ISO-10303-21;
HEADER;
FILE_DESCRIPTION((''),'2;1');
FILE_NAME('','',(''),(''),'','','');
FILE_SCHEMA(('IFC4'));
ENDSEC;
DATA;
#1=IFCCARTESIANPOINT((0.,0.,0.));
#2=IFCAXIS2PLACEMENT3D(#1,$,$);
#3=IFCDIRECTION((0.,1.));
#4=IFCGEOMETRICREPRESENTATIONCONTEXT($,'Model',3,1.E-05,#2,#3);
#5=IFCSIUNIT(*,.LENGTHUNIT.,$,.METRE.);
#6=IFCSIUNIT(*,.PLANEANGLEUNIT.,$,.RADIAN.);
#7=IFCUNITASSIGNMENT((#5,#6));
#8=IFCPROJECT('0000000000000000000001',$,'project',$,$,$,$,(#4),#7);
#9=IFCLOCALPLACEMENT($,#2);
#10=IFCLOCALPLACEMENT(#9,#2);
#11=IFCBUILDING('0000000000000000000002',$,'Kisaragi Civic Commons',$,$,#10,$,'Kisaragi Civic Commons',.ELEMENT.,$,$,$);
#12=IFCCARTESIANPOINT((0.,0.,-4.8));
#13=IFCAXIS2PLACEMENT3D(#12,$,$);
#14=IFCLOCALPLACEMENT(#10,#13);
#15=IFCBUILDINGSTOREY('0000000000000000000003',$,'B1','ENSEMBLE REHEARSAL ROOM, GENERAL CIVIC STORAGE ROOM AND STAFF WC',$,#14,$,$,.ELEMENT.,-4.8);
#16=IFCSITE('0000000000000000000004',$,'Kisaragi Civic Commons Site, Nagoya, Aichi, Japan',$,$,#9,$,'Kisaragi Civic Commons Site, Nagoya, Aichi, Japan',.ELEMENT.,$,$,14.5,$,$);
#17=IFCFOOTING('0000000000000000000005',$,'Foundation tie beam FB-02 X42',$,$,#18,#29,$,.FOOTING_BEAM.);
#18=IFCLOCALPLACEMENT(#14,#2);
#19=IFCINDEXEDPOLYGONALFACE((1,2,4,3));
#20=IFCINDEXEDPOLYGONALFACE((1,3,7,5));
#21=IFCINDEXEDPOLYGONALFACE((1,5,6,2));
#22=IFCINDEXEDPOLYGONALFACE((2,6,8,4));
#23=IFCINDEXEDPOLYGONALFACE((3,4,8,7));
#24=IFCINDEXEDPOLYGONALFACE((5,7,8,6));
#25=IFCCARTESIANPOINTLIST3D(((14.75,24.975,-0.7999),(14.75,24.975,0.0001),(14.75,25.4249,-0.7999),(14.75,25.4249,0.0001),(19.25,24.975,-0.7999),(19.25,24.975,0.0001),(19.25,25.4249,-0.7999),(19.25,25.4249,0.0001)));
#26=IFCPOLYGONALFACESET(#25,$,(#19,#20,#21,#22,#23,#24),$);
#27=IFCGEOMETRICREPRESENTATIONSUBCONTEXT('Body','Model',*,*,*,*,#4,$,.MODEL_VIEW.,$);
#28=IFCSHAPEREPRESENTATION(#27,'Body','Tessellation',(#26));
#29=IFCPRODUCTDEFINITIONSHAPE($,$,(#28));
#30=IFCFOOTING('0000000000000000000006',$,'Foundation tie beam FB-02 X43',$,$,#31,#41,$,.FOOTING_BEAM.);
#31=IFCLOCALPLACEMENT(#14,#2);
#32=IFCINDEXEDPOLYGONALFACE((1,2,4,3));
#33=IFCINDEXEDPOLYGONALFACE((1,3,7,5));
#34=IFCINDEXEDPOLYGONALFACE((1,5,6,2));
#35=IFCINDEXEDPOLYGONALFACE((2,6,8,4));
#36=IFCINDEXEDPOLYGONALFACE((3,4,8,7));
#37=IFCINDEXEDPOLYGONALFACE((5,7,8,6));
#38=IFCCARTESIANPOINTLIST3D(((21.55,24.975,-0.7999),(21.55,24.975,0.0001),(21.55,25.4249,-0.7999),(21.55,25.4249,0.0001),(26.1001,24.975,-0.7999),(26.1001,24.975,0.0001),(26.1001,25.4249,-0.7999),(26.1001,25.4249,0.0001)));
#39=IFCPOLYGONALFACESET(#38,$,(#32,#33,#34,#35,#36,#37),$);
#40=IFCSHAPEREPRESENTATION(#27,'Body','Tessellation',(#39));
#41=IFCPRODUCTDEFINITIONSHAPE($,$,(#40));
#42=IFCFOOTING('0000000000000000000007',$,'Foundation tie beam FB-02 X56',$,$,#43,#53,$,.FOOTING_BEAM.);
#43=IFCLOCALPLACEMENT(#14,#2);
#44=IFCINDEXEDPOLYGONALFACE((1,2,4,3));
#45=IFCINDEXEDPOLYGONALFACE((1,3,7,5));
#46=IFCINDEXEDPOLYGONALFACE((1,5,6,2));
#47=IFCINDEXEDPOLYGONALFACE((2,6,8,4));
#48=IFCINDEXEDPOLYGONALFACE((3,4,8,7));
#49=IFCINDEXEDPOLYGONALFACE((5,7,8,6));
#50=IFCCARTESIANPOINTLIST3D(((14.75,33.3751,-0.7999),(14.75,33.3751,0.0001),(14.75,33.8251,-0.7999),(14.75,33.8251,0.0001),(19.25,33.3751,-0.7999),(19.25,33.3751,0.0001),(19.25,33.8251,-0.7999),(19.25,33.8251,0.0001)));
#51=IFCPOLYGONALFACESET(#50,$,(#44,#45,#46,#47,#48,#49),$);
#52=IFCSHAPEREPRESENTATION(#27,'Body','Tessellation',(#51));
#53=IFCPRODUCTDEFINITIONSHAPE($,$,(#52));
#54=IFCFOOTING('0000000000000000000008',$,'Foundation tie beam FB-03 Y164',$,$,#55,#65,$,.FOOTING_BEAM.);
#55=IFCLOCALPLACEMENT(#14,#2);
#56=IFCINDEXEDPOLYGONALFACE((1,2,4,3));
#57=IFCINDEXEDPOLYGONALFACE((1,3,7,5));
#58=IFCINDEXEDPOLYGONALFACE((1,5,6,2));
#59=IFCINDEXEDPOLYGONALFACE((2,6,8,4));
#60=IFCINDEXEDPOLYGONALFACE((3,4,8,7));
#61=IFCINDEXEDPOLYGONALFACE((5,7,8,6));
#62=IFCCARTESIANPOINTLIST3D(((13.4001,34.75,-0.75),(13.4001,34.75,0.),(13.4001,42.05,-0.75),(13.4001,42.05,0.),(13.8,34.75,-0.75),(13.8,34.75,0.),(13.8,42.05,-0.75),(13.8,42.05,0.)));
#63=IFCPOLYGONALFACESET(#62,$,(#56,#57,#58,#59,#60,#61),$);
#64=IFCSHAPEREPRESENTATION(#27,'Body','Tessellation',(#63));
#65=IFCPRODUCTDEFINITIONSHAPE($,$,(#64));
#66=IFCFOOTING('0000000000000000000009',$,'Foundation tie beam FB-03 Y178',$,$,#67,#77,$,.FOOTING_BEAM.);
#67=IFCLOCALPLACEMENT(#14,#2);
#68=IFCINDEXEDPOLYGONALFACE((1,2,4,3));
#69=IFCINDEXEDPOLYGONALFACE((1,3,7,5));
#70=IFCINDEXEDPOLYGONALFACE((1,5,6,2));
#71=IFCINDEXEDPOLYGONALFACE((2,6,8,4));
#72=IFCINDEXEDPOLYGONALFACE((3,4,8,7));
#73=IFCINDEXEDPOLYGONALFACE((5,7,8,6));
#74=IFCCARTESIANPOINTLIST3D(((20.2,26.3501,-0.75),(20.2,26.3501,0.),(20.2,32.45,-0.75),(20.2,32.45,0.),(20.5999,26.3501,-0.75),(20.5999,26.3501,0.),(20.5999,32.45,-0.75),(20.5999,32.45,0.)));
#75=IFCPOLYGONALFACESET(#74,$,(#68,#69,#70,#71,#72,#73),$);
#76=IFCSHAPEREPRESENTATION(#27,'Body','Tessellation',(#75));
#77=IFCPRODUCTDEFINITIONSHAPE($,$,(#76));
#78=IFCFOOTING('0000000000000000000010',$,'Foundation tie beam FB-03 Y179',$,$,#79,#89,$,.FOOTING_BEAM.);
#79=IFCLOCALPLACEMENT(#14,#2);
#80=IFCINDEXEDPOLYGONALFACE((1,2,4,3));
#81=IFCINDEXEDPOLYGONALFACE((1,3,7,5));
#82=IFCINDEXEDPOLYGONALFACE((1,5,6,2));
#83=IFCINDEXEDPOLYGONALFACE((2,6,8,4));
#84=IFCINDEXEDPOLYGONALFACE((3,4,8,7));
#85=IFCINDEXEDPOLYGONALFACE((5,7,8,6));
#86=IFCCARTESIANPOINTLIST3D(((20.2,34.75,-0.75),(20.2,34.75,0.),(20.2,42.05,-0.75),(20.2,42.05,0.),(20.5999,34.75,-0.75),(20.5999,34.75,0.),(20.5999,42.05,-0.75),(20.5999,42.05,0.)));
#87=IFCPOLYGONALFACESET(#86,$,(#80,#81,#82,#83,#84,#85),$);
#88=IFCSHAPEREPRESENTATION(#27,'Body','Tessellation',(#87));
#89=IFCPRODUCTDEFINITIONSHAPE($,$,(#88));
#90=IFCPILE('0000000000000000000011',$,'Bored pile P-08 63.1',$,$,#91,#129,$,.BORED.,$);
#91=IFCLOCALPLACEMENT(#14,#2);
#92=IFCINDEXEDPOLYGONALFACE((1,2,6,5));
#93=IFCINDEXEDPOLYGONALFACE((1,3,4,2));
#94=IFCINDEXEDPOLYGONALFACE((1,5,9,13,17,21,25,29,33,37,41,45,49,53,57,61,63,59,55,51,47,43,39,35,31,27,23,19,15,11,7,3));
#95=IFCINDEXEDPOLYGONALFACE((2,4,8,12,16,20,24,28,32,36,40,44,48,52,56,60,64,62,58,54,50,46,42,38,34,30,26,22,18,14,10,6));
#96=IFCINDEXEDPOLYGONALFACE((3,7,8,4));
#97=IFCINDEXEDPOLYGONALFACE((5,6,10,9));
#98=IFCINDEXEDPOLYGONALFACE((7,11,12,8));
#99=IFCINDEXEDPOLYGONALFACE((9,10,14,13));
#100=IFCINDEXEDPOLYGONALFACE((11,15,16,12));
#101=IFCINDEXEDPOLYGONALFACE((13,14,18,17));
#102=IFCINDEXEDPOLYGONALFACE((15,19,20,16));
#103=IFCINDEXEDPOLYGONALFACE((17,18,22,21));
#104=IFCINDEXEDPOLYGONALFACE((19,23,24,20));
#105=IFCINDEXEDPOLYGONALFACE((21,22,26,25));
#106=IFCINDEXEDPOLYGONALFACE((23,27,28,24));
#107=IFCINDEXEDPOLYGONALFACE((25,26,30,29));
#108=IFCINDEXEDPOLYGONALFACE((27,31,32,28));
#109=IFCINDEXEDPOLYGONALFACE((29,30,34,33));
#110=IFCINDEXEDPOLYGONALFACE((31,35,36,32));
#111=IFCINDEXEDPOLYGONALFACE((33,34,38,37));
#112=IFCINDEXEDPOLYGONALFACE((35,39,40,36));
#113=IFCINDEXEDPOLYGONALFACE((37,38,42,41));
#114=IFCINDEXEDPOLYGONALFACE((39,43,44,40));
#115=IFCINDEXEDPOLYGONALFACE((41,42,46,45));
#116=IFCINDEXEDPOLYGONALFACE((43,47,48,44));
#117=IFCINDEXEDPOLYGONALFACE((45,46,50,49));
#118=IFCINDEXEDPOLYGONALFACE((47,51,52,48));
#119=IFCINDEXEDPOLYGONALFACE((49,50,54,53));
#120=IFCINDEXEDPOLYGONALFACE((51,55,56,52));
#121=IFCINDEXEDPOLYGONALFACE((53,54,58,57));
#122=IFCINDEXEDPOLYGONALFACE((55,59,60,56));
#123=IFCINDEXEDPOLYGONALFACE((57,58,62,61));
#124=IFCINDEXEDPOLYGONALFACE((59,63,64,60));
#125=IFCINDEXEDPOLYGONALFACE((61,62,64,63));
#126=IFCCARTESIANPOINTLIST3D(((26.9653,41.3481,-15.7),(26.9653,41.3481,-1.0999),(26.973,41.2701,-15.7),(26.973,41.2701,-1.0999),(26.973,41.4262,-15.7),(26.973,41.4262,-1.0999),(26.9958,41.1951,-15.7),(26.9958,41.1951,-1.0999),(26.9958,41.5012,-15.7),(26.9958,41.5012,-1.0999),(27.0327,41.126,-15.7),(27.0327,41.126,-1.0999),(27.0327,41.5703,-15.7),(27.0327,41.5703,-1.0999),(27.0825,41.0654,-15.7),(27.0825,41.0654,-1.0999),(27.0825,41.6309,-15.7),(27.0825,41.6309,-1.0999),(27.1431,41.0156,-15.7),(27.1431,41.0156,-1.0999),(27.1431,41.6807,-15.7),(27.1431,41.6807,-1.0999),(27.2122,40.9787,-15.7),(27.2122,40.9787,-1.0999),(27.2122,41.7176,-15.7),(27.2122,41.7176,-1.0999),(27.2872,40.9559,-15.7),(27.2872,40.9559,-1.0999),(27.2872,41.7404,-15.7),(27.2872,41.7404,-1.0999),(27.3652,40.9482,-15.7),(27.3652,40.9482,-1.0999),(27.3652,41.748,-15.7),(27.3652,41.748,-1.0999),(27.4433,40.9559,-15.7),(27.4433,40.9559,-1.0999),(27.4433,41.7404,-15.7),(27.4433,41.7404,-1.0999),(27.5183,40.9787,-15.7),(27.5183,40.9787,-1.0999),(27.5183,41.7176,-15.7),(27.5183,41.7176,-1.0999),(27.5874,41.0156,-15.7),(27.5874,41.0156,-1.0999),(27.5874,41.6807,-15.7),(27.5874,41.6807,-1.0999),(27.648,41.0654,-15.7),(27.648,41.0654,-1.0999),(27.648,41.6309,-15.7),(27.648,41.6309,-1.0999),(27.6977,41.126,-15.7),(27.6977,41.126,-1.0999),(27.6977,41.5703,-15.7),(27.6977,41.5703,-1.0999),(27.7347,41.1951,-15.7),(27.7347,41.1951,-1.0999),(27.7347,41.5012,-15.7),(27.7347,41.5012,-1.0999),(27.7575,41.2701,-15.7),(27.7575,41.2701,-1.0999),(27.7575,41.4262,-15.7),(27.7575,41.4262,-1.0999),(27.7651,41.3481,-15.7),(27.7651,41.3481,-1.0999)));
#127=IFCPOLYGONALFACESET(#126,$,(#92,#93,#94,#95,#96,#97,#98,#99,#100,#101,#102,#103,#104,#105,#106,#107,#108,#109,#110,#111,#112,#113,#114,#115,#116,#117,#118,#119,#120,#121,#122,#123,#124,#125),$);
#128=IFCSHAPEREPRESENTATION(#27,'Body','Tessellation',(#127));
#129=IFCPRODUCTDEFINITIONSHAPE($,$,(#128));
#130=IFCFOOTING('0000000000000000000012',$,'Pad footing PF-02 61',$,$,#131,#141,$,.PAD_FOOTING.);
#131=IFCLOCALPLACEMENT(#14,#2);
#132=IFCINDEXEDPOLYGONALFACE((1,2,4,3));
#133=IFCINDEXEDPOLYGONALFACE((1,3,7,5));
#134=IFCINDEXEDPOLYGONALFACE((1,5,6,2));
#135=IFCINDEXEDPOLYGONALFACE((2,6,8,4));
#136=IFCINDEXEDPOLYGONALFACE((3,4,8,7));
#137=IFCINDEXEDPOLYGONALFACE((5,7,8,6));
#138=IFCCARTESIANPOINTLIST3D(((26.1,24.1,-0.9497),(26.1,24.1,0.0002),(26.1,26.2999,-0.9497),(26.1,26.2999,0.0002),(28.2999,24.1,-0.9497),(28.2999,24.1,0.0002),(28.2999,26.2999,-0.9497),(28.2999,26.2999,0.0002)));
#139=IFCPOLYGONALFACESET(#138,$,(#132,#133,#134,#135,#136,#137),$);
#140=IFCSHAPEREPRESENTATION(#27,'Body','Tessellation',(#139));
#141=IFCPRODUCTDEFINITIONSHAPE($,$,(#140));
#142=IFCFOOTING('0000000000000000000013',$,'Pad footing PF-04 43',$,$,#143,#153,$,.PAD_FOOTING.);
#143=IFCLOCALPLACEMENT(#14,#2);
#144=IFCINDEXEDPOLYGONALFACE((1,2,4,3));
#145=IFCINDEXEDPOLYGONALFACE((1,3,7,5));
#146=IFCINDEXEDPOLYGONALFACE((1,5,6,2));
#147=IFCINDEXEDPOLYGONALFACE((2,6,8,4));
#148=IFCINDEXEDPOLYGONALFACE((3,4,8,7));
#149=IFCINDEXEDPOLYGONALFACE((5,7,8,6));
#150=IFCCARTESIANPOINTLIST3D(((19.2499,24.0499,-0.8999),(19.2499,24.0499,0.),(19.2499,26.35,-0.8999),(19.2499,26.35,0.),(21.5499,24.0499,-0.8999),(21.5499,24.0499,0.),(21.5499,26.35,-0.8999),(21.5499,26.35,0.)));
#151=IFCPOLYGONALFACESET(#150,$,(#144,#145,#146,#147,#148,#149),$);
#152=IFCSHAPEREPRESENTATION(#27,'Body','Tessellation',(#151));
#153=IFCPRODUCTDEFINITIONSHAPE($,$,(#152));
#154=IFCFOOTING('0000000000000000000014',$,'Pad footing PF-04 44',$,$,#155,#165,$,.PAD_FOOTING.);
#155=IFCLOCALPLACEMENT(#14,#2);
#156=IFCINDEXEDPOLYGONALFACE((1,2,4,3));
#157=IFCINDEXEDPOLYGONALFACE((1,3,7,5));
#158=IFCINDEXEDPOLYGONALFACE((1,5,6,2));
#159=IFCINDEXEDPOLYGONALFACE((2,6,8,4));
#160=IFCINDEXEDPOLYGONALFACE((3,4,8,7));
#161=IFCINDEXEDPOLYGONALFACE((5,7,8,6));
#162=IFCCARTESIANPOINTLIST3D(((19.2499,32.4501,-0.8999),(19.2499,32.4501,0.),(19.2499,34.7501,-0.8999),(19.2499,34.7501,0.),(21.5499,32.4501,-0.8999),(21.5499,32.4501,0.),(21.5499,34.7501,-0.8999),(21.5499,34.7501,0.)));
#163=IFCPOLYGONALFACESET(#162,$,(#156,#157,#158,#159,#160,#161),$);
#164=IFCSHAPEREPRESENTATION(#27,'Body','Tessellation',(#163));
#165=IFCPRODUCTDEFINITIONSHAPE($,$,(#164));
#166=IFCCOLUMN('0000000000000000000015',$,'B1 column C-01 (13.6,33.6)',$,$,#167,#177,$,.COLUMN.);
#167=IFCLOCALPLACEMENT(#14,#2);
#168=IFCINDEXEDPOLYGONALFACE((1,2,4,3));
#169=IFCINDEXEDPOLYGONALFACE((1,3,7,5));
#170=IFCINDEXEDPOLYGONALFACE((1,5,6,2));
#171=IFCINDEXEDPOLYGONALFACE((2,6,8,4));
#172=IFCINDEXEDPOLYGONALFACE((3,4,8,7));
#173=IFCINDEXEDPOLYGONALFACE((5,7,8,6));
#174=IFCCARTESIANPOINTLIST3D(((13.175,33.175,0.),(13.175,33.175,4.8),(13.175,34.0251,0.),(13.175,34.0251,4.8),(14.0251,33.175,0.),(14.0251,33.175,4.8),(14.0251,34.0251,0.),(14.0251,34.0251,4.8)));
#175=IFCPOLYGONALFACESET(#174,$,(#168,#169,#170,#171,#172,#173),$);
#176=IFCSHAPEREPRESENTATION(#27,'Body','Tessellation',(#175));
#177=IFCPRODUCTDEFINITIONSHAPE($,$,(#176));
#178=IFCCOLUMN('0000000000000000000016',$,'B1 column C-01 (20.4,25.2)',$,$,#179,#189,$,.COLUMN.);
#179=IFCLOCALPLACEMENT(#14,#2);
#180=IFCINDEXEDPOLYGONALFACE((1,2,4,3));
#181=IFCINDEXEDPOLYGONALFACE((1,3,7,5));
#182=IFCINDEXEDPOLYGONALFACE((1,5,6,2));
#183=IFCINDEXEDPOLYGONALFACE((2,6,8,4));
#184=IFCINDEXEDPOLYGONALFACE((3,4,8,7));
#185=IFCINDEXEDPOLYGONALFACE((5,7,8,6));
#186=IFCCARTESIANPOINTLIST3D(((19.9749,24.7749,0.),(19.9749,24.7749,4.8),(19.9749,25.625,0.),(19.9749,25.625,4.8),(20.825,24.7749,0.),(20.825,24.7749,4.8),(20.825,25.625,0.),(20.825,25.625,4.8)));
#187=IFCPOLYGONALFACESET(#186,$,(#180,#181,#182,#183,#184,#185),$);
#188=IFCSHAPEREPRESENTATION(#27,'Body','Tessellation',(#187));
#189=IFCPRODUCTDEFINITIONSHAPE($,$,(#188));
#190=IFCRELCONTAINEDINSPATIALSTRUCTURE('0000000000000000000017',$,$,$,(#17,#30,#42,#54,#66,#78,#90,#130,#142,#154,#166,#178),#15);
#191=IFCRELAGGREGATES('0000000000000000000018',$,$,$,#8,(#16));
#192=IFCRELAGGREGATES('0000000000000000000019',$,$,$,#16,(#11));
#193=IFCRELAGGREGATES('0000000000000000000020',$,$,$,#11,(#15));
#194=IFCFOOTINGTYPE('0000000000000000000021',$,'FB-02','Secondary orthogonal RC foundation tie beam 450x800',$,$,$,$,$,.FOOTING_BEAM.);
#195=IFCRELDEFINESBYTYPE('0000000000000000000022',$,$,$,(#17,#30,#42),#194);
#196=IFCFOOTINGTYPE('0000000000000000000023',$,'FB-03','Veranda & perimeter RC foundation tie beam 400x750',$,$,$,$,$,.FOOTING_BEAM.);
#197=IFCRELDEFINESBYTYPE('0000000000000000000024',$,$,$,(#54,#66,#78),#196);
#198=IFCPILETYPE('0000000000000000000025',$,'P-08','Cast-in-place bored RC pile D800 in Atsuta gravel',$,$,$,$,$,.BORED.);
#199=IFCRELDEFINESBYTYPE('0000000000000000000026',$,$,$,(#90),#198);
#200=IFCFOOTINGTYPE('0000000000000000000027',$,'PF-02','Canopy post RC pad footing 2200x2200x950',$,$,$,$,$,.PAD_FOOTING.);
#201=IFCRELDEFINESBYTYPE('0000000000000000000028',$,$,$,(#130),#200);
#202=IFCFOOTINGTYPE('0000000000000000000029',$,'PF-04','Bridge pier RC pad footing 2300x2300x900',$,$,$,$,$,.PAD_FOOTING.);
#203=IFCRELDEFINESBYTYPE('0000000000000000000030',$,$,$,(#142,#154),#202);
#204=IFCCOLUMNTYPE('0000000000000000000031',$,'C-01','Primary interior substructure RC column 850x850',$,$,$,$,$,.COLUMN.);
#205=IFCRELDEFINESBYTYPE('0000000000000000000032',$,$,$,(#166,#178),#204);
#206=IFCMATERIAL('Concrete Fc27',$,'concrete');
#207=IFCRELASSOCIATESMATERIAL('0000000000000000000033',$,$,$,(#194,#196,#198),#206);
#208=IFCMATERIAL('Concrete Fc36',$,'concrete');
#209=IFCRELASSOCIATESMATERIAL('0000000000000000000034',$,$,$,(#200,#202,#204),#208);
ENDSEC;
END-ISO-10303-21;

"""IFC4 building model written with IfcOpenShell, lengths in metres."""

from ifc_helpers import new_model, si_unit, direction, frame, origin, origin_2d, place, context, subcontext, project, spatial, rectangle, circle, extrude, material, material_profile, profile_set, type_object, element, save


model = new_model("IFC4")

# Units and contexts
model_context = context("Model", 3, precision=1e-05, world=origin(), true_north=direction((0.0, 1.0)))
body_context = subcontext(model_context, "Body", "Model", "MODEL_VIEW")
ifc_project = project(units=[si_unit("LENGTHUNIT", "METRE"), si_unit("PLANEANGLEUNIT", "RADIAN")], contexts=[model_context])

# Site, building, storey
site_placement = place(None, origin())
site = spatial("IfcSite", under=ifc_project, at=site_placement, Name="Kisaragi Civic Commons Site, Nagoya, Aichi, Japan", LongName="Kisaragi Civic Commons Site, Nagoya, Aichi, Japan", CompositionType="ELEMENT", RefElevation=14.5)
building_placement = place(site_placement, origin())
building = spatial("IfcBuilding", under=site, at=building_placement, Name="Kisaragi Civic Commons", LongName="Kisaragi Civic Commons", CompositionType="ELEMENT")
storey_placement = place(building_placement, frame((0.0, 0.0, -4.8)))
storey = spatial("IfcBuildingStorey", under=building, at=storey_placement, Name="B1", Description="ENSEMBLE REHEARSAL ROOM, GENERAL CIVIC STORAGE ROOM AND STAFF WC", CompositionType="ELEMENT", Elevation=-4.8)

# Footings
ifc_material_1 = material(Name="Concrete Fc27", Category="concrete")
ifc_material_profile_1 = material_profile(ifc_material_1, rectangle(XDim=0.45, YDim=0.8, at=origin_2d()), Name="RC-450x800", Category="concrete")
ifc_profile_set_1 = profile_set([ifc_material_profile_1], Name="Concrete Fc27")
footing_type_1 = type_object("IfcFootingType", Name="FB-02", Description="Secondary orthogonal RC foundation tie beam 450x800", PredefinedType="FOOTING_BEAM", material=ifc_profile_set_1)
footing_1_placement = place(storey_placement, frame((14.75, 25.2, -0.3999), z_axis=(1.0, 0.0, 0.0), x_axis=(0.0, 1.0, 0.0)))
element("IfcFooting", 1, at=footing_1_placement, inside=storey, type_object=footing_type_1, Name="Foundation tie beam FB-02 X42", PredefinedType="FOOTING_BEAM", context=body_context, shape_type="SweptSolid", body=[
    extrude(rectangle(XDim=0.45, YDim=0.8, at=origin_2d()), origin(), (0.0, 0.0, 1.0), 4.5),
])
footing_2_placement = place(storey_placement, frame((21.55, 25.2, -0.3999), z_axis=(1.0, 0.0, 0.0), x_axis=(0.0, 1.0, 0.0)))
element("IfcFooting", 2, at=footing_2_placement, inside=storey, type_object=footing_type_1, Name="Foundation tie beam FB-02 X43", PredefinedType="FOOTING_BEAM", context=body_context, shape_type="SweptSolid", body=[
    extrude(rectangle(XDim=0.45, YDim=0.8, at=origin_2d()), origin(), (0.0, 0.0, 1.0), 4.55),
])
footing_3_placement = place(storey_placement, frame((14.75, 33.6001, -0.3999), z_axis=(1.0, 0.0, 0.0), x_axis=(0.0, 1.0, 0.0)))
element("IfcFooting", 3, at=footing_3_placement, inside=storey, type_object=footing_type_1, Name="Foundation tie beam FB-02 X56", PredefinedType="FOOTING_BEAM", context=body_context, shape_type="SweptSolid", body=[
    extrude(rectangle(XDim=0.45, YDim=0.8, at=origin_2d()), origin(), (0.0, 0.0, 1.0), 4.5),
])
ifc_material_profile_2 = material_profile(ifc_material_1, rectangle(XDim=0.3999, YDim=0.75, at=origin_2d()), Name="RC-400x750", Category="concrete")
ifc_profile_set_2 = profile_set([ifc_material_profile_2], Name="Concrete Fc27")
footing_type_2 = type_object("IfcFootingType", Name="FB-03", Description="Veranda & perimeter RC foundation tie beam 400x750", PredefinedType="FOOTING_BEAM", material=ifc_profile_set_2)
footing_4_placement = place(storey_placement, frame((13.6001, 34.75, -0.375), z_axis=(0.0, 1.0, 0.0), x_axis=(-1.0, 0.0, 0.0)))
element("IfcFooting", 4, at=footing_4_placement, inside=storey, type_object=footing_type_2, Name="Foundation tie beam FB-03 Y164", PredefinedType="FOOTING_BEAM", context=body_context, shape_type="SweptSolid", body=[
    extrude(rectangle(XDim=0.3999, YDim=0.75, at=origin_2d()), origin(), (0.0, 0.0, 1.0), 7.3),
])
footing_5_placement = place(storey_placement, frame((20.3999, 26.3501, -0.375), z_axis=(0.0, 1.0, 0.0), x_axis=(-1.0, 0.0, 0.0)))
element("IfcFooting", 5, at=footing_5_placement, inside=storey, type_object=footing_type_2, Name="Foundation tie beam FB-03 Y178", PredefinedType="FOOTING_BEAM", context=body_context, shape_type="SweptSolid", body=[
    extrude(rectangle(XDim=0.3999, YDim=0.75, at=origin_2d()), origin(), (0.0, 0.0, 1.0), 6.0999),
])
footing_6_placement = place(storey_placement, frame((20.3999, 34.75, -0.375), z_axis=(0.0, 1.0, 0.0), x_axis=(-1.0, 0.0, 0.0)))
element("IfcFooting", 6, at=footing_6_placement, inside=storey, type_object=footing_type_2, Name="Foundation tie beam FB-03 Y179", PredefinedType="FOOTING_BEAM", context=body_context, shape_type="SweptSolid", body=[
    extrude(rectangle(XDim=0.3999, YDim=0.75, at=origin_2d()), origin(), (0.0, 0.0, 1.0), 7.3),
])

# Pile
ifc_material_profile_3 = material_profile(ifc_material_1, circle(Radius=0.3999, at=origin_2d()), Name="PILE-D800", Category="concrete")
ifc_profile_set_3 = profile_set([ifc_material_profile_3], Name="Concrete Fc27")
pile_type = type_object("IfcPileType", Name="P-08", Description="Cast-in-place bored RC pile D800 in Atsuta gravel", PredefinedType="BORED", material=ifc_profile_set_3)
pile_placement = place(storey_placement, frame((27.3652, 41.3481, -1.0999), z_axis=(0.0, 0.0, -1.0), x_axis=(1.0, 0.0, 0.0)))
element("IfcPile", 7, at=pile_placement, inside=storey, type_object=pile_type, Name="Bored pile P-08 63.1", PredefinedType="BORED", context=body_context, shape_type="SweptSolid", body=[
    extrude(circle(Radius=0.3999, at=origin_2d()), origin(), (0.0, 0.0, 1.0), 14.6001),
])

# Footings
ifc_material_2 = material(Name="Concrete Fc36", Category="concrete")
footing_type_3 = type_object("IfcFootingType", Name="PF-02", Description="Canopy post RC pad footing 2200x2200x950", PredefinedType="PAD_FOOTING", material=ifc_material_2)
footing_7_placement = place(storey_placement, frame((27.2, 25.2, -0.9497), z_axis=(0.0, 0.0, 1.0), x_axis=(1.0, 0.0, 0.0)))
element("IfcFooting", 8, at=footing_7_placement, inside=storey, type_object=footing_type_3, Name="Pad footing PF-02 61", PredefinedType="PAD_FOOTING", context=body_context, shape_type="SweptSolid", body=[
    extrude(rectangle(XDim=2.2, YDim=2.2, at=origin_2d()), origin(), (0.0, 0.0, 1.0), 0.95),
])
footing_type_4 = type_object("IfcFootingType", Name="PF-04", Description="Bridge pier RC pad footing 2300x2300x900", PredefinedType="PAD_FOOTING", material=ifc_material_2)
for number, where, z_axis, x_axis, name in (
    (9, (20.3999, 25.2, -0.8999), (0.0, 0.0, 1.0), (1.0, 0.0, 0.0), "Pad footing PF-04 43"),
    (10, (20.3999, 33.6001, -0.8999), (0.0, 0.0, 1.0), (1.0, 0.0, 0.0), "Pad footing PF-04 44"),
):
    element("IfcFooting", number, at=place(storey_placement, frame(where, z_axis=z_axis, x_axis=x_axis)), inside=storey, type_object=footing_type_4, Name=name, PredefinedType="PAD_FOOTING", context=body_context, shape_type="SweptSolid", body=[
        extrude(rectangle(XDim=2.3, YDim=2.3, at=origin_2d()), origin(), (0.0, 0.0, 1.0), 0.8999),
    ])

# Columns
ifc_material_profile_4 = material_profile(ifc_material_2, rectangle(XDim=0.8501, YDim=0.8501, at=origin_2d()), Name="RC-850x850", Category="concrete")
ifc_profile_set_4 = profile_set([ifc_material_profile_4], Name="Concrete Fc36")
column_type_1 = type_object("IfcColumnType", Name="C-01", Description="Primary interior substructure RC column 850x850", PredefinedType="COLUMN", material=ifc_profile_set_4)
for number, where, z_axis, x_axis, name in (
    (11, (13.6001, 33.6001, 0.0), (0.0, 0.0, 1.0), (1.0, 0.0, 0.0), "B1 column C-01 (13.6,33.6)"),
    (12, (20.3999, 25.2, 0.0), (0.0, 0.0, 1.0), (1.0, 0.0, 0.0), "B1 column C-01 (20.4,25.2)"),
):
    element("IfcColumn", number, at=place(storey_placement, frame(where, z_axis=z_axis, x_axis=x_axis)), inside=storey, type_object=column_type_1, Name=name, PredefinedType="COLUMN", context=body_context, shape_type="SweptSolid", body=[
        extrude(rectangle(XDim=0.8501, YDim=0.8501, at=origin_2d()), origin(), (0.0, 0.0, 1.0), 4.8),
    ])

save(model, "model.ifc")
